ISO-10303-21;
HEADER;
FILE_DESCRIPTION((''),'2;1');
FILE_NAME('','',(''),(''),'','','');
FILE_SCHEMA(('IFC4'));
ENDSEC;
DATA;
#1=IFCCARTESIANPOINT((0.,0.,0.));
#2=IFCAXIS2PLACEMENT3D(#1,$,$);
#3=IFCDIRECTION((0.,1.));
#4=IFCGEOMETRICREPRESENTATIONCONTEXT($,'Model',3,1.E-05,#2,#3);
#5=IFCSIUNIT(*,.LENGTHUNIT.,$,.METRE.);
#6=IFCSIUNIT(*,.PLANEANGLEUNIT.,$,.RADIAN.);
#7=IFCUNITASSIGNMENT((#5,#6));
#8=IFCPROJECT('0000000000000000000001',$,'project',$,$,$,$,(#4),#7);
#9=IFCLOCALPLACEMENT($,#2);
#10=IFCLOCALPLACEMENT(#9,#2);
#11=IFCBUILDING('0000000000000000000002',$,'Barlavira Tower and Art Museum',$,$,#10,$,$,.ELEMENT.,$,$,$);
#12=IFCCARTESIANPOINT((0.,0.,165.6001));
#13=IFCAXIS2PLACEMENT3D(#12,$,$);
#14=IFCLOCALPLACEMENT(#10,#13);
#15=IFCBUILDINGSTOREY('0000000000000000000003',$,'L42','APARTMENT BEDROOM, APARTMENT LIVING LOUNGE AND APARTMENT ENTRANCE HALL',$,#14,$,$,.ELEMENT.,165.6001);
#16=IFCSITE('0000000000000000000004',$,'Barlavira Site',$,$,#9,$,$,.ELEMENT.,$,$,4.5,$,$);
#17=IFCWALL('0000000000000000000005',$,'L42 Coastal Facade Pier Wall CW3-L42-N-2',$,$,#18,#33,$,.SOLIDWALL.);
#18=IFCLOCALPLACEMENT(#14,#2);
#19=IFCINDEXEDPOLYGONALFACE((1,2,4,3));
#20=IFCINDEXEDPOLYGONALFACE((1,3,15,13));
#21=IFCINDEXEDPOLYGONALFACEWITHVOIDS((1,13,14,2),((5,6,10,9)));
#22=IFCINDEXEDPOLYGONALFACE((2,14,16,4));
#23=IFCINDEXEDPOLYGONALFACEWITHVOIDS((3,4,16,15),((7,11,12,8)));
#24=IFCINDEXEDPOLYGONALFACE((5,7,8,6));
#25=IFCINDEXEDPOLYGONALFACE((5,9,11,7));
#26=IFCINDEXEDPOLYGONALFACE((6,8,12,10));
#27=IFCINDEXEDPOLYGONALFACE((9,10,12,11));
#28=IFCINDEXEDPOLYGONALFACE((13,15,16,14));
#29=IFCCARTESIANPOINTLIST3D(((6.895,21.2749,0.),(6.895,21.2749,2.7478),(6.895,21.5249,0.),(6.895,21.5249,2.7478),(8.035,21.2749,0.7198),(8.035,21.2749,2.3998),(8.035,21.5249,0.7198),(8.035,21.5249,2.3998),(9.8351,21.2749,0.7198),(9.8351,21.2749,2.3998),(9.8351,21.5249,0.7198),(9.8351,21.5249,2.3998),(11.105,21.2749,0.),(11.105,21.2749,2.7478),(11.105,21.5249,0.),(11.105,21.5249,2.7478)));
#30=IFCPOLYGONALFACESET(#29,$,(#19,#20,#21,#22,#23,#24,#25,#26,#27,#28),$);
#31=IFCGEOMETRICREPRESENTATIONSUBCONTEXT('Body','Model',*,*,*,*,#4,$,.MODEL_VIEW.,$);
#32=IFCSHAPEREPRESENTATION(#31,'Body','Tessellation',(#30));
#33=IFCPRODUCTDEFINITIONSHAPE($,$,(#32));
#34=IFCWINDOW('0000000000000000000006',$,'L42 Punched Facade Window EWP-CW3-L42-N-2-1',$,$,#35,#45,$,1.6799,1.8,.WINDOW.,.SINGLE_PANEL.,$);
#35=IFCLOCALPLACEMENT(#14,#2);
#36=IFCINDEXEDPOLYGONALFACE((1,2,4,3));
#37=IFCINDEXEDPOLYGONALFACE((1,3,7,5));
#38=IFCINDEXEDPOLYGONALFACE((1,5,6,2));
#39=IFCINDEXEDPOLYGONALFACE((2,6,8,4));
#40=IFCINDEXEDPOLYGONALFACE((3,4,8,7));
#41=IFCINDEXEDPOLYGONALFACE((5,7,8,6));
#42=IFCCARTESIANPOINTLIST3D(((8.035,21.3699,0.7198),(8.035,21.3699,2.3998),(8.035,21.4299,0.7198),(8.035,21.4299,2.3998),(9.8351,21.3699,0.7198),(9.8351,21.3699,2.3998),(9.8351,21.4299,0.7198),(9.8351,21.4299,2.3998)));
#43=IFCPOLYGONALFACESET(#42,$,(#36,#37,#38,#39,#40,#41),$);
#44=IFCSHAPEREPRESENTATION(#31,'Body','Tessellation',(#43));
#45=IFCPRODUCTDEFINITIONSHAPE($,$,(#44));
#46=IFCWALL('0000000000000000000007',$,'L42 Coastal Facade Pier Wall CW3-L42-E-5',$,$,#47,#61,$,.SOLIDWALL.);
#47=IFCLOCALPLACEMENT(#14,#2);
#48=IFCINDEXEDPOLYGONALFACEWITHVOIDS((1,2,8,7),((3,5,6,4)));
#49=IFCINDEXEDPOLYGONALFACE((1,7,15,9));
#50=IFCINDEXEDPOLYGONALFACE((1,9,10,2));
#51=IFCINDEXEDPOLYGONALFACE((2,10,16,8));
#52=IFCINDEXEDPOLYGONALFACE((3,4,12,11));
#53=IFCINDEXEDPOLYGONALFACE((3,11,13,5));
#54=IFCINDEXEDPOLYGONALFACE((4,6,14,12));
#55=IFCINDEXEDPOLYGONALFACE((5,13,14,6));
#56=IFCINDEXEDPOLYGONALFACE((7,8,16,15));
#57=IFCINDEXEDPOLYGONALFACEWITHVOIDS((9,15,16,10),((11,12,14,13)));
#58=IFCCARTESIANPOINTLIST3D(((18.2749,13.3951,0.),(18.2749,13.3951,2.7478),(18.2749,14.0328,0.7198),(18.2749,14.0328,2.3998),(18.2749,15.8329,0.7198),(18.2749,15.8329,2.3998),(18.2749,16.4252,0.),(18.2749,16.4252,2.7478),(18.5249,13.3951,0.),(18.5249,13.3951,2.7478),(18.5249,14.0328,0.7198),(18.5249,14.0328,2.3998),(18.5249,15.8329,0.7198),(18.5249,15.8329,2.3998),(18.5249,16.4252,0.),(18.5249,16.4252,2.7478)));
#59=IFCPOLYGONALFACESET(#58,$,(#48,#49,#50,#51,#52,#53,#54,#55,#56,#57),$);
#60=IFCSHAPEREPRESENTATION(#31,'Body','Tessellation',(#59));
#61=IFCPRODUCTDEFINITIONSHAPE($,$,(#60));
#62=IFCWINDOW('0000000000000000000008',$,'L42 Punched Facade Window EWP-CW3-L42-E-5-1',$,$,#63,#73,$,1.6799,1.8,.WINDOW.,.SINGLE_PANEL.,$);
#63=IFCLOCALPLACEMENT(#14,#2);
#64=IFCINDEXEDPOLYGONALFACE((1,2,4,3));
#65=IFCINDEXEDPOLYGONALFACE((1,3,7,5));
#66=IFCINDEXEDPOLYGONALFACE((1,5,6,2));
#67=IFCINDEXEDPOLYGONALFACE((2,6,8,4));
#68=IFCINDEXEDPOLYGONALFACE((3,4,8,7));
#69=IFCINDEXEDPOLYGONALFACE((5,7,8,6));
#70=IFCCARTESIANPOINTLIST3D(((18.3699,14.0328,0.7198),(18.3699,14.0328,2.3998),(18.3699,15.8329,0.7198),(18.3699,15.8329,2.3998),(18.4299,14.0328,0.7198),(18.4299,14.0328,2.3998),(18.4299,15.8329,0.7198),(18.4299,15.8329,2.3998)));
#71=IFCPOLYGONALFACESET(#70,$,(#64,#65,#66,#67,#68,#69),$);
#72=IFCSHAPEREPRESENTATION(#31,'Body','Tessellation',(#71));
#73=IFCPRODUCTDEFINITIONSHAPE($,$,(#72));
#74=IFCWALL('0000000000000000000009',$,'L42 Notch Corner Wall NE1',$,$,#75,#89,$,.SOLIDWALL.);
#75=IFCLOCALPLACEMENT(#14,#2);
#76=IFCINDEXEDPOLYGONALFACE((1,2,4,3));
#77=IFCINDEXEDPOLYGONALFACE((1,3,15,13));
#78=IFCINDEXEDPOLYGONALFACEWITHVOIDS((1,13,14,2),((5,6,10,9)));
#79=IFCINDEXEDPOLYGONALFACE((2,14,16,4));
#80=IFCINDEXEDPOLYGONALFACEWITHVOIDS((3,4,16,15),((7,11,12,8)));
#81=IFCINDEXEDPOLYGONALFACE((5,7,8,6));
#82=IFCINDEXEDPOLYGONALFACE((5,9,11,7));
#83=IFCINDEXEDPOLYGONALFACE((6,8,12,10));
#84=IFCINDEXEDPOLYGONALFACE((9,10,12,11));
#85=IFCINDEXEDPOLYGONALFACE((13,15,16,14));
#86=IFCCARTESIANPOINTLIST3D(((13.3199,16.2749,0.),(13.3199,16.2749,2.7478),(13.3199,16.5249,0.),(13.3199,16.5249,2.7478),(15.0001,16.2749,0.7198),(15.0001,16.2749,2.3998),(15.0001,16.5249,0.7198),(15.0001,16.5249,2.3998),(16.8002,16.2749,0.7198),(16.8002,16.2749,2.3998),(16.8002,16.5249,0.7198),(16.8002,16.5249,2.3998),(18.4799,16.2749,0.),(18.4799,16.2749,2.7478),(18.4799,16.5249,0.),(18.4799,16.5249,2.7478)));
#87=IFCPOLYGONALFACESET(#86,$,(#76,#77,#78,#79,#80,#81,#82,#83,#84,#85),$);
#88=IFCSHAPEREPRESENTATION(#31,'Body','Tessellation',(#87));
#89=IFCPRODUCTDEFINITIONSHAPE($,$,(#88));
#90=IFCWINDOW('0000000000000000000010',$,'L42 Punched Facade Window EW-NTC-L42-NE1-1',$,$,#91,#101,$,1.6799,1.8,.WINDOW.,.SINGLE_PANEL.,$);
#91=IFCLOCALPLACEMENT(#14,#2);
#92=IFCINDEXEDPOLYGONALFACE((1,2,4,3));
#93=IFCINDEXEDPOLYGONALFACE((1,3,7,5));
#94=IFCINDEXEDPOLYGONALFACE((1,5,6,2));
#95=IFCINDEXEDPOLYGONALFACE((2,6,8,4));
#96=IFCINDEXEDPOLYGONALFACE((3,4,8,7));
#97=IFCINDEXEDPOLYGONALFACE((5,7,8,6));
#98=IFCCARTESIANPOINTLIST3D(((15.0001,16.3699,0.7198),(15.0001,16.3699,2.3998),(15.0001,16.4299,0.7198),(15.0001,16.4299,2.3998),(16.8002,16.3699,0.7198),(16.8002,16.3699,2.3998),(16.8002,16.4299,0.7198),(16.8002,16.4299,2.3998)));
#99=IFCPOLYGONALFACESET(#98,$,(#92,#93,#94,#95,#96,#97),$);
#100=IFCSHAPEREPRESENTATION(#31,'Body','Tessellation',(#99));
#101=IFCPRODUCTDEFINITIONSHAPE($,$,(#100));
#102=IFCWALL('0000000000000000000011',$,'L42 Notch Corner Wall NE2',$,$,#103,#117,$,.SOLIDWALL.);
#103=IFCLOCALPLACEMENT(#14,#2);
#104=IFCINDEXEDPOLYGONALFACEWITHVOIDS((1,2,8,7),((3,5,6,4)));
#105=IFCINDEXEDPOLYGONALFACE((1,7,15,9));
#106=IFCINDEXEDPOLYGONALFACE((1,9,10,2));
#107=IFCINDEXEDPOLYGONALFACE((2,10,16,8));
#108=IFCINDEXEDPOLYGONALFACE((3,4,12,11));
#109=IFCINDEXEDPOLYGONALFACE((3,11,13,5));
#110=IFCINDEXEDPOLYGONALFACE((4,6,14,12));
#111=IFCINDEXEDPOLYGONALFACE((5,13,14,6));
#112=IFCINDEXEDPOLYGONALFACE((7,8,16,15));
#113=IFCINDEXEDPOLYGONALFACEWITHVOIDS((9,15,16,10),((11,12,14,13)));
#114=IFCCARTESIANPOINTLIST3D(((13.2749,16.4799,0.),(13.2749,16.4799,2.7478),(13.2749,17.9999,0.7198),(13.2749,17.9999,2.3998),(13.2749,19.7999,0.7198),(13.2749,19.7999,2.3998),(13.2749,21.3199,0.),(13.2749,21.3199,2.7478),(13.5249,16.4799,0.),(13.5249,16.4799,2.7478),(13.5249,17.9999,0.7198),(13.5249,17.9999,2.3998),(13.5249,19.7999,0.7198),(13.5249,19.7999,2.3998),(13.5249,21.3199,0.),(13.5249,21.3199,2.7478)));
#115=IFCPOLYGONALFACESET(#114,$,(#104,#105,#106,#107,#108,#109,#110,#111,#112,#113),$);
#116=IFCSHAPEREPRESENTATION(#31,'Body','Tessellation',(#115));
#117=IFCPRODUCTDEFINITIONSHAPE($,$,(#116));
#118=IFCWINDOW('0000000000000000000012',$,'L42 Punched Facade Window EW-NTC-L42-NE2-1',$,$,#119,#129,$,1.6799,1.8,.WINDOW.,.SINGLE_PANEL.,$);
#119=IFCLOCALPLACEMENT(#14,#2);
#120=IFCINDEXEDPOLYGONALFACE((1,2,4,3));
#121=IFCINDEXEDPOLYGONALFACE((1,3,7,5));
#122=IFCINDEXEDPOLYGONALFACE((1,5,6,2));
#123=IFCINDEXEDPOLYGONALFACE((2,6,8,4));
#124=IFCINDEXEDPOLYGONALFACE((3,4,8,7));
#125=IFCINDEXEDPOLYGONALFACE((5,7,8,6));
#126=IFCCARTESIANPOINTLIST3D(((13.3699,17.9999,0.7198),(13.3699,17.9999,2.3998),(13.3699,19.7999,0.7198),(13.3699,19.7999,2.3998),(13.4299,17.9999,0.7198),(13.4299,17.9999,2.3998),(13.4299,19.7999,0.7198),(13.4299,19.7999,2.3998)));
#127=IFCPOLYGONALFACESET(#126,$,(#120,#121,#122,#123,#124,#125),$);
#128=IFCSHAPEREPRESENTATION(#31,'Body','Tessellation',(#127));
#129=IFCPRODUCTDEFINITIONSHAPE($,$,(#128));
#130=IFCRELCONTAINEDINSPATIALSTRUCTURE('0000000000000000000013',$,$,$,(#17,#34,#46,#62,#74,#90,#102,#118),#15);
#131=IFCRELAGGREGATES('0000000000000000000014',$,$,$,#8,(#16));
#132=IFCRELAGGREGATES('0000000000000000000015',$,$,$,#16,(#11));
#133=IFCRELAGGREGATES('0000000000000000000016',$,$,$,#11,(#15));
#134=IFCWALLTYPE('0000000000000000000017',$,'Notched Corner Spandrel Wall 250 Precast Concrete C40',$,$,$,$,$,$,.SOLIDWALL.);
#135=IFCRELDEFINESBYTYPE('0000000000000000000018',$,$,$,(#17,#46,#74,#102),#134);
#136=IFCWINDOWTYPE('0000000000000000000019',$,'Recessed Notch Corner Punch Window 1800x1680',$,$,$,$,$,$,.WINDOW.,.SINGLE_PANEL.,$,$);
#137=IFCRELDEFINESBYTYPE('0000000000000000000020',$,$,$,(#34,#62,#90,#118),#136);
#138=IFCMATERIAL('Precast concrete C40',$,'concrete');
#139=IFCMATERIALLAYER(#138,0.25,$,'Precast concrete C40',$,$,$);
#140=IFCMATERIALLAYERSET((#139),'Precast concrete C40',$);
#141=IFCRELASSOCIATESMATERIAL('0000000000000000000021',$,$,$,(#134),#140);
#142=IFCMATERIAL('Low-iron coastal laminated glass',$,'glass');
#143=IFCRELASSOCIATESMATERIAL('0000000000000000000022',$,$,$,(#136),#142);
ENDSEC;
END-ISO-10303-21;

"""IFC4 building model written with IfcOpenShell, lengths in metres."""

from ifc_helpers import new_model, si_unit, direction, frame, frame_2d, origin, place, context, subcontext, project, spatial, rectangle, extrude, material, layer, layer_set, type_object, element, fill, save


model = new_model("IFC4")

# Units and contexts
model_context = context("Model", 3, precision=1e-05, world=origin(), true_north=direction((0.0, 1.0)))
body_context = subcontext(model_context, "Body", "Model", "MODEL_VIEW")
ifc_project = project(units=[si_unit("LENGTHUNIT", "METRE"), si_unit("PLANEANGLEUNIT", "RADIAN")], contexts=[model_context])

# Site, building, storey
site_placement = place(None, origin())
site = spatial("IfcSite", under=ifc_project, at=site_placement, Name="Barlavira Site", CompositionType="ELEMENT", RefElevation=4.5)
building_placement = place(site_placement, origin())
building = spatial("IfcBuilding", under=site, at=building_placement, Name="Barlavira Tower and Art Museum", CompositionType="ELEMENT")
storey_placement = place(building_placement, frame((0.0, 0.0, 165.6001)))
storey = spatial("IfcBuildingStorey", under=building, at=storey_placement, Name="L42", Description="APARTMENT BEDROOM, APARTMENT LIVING LOUNGE AND APARTMENT ENTRANCE HALL", CompositionType="ELEMENT", Elevation=165.6001)

# Walls, openings, windows
ifc_material_1 = material(Name="Precast concrete C40", Category="concrete")
ifc_layer_1 = layer(ifc_material_1, 0.25, Name="Precast concrete C40")
ifc_layer_set_1 = layer_set([ifc_layer_1], Name="Precast concrete C40")
wall_type_1 = type_object("IfcWallType", Name="Notched Corner Spandrel Wall 250 Precast Concrete C40", PredefinedType="SOLIDWALL", material=ifc_layer_set_1)
ifc_material_2 = material(Name="Low-iron coastal laminated glass", Category="glass")
wall_1_placement = place(storey_placement, frame((11.105, 21.3999, 0.0), z_axis=(0.0, 0.0, 1.0), x_axis=(-1.0, 0.0, 0.0)))
wall_1 = element("IfcWall", 1, at=wall_1_placement, inside=storey, type_object=wall_type_1, Name="L42 Coastal Facade Pier Wall CW3-L42-N-2", PredefinedType="SOLIDWALL", context=body_context, shape_type="SweptSolid", body=[
    extrude(rectangle(XDim=4.21, YDim=0.25, at=frame_2d((2.105, 0.0))), origin(), (0.0, 0.0, 1.0), 2.7478),
])
opening_1_placement = place(wall_1_placement, frame((1.27, 0.0, 0.72)))
opening_1 = element("IfcOpeningElement", 2, at=opening_1_placement, cuts=wall_1, PredefinedType="OPENING", context=body_context, shape_type="SweptSolid", body=[
    extrude(rectangle(XDim=1.8, YDim=1.6799, at=frame_2d((0.8999, 0.8398))), frame((0.0, 0.135, 0.0), z_axis=(0.0, -1.0, 0.0), x_axis=(1.0, 0.0, 0.0)), (0.0, 0.0, 1.0), 0.27),
])
window_type_1 = type_object("IfcWindowType", Name="Recessed Notch Corner Punch Window 1800x1680", PartitioningType="SINGLE_PANEL", PredefinedType="WINDOW", material=ifc_material_2)
window_1_placement = place(opening_1_placement, origin())
window_1 = element("IfcWindow", 3, at=window_1_placement, inside=storey, type_object=window_type_1, Name="L42 Punched Facade Window EWP-CW3-L42-N-2-1", OverallHeight=1.6799, OverallWidth=1.8, PartitioningType="SINGLE_PANEL", PredefinedType="WINDOW", context=body_context, shape_type="SweptSolid", body=[
    extrude(rectangle(XDim=1.8, YDim=1.6799, at=frame_2d((0.8999, 0.8398))), frame((0.0, 0.03, 0.0), z_axis=(0.0, -1.0, 0.0), x_axis=(1.0, 0.0, 0.0)), (0.0, 0.0, 1.0), 0.0601),
])
fill(opening_1, window_1)
wall_2_placement = place(storey_placement, frame((18.3999, 13.395, 0.0), z_axis=(0.0, 0.0, 1.0), x_axis=(0.0, 1.0, 0.0)))
wall_2 = element("IfcWall", 4, at=wall_2_placement, inside=storey, type_object=wall_type_1, Name="L42 Coastal Facade Pier Wall CW3-L42-E-5", PredefinedType="SOLIDWALL", context=body_context, shape_type="SweptSolid", body=[
    extrude(rectangle(XDim=3.03, YDim=0.25, at=frame_2d((1.5151, 0.0))), origin(), (0.0, 0.0, 1.0), 2.7478),
])
opening_2_placement = place(wall_2_placement, frame((0.6379, 0.0, 0.72)))
opening_2 = element("IfcOpeningElement", 5, at=opening_2_placement, cuts=wall_2, PredefinedType="OPENING", context=body_context, shape_type="SweptSolid", body=[
    extrude(rectangle(XDim=1.8, YDim=1.6799, at=frame_2d((0.8999, 0.8398))), frame((0.0, 0.135, 0.0), z_axis=(0.0, -1.0, 0.0), x_axis=(1.0, 0.0, 0.0)), (0.0, 0.0, 1.0), 0.27),
])
window_2_placement = place(opening_2_placement, origin())
window_2 = element("IfcWindow", 6, at=window_2_placement, inside=storey, type_object=window_type_1, Name="L42 Punched Facade Window EWP-CW3-L42-E-5-1", OverallHeight=1.6799, OverallWidth=1.8, PartitioningType="SINGLE_PANEL", PredefinedType="WINDOW", context=body_context, shape_type="SweptSolid", body=[
    extrude(rectangle(XDim=1.8, YDim=1.6799, at=frame_2d((0.8999, 0.8398))), frame((0.0, 0.03, 0.0), z_axis=(0.0, -1.0, 0.0), x_axis=(1.0, 0.0, 0.0)), (0.0, 0.0, 1.0), 0.0601),
])
fill(opening_2, window_2)
wall_3_placement = place(storey_placement, frame((18.48, 16.3999, 0.0), z_axis=(0.0, 0.0, 1.0), x_axis=(-1.0, 0.0, 0.0)))
wall_3 = element("IfcWall", 7, at=wall_3_placement, inside=storey, type_object=wall_type_1, Name="L42 Notch Corner Wall NE1", PredefinedType="SOLIDWALL", context=body_context, shape_type="SweptSolid", body=[
    extrude(rectangle(XDim=5.1599, YDim=0.25, at=frame_2d((2.5801, 0.0))), origin(), (0.0, 0.0, 1.0), 2.7478),
])
opening_3_placement = place(wall_3_placement, frame((1.6799, 0.0, 0.72)))
opening_3 = element("IfcOpeningElement", 8, at=opening_3_placement, cuts=wall_3, PredefinedType="OPENING", context=body_context, shape_type="SweptSolid", body=[
    extrude(rectangle(XDim=1.8, YDim=1.6799, at=frame_2d((0.8999, 0.8398))), frame((0.0, 0.135, 0.0), z_axis=(0.0, -1.0, 0.0), x_axis=(1.0, 0.0, 0.0)), (0.0, 0.0, 1.0), 0.27),
])
window_3_placement = place(opening_3_placement, origin())
window_3 = element("IfcWindow", 9, at=window_3_placement, inside=storey, type_object=window_type_1, Name="L42 Punched Facade Window EW-NTC-L42-NE1-1", OverallHeight=1.6799, OverallWidth=1.8, PartitioningType="SINGLE_PANEL", PredefinedType="WINDOW", context=body_context, shape_type="SweptSolid", body=[
    extrude(rectangle(XDim=1.8, YDim=1.6799, at=frame_2d((0.8999, 0.8398))), frame((0.0, 0.03, 0.0), z_axis=(0.0, -1.0, 0.0), x_axis=(1.0, 0.0, 0.0)), (0.0, 0.0, 1.0), 0.0601),
])
fill(opening_3, window_3)
wall_4_placement = place(storey_placement, frame((13.3999, 16.48, 0.0), z_axis=(0.0, 0.0, 1.0), x_axis=(0.0, 1.0, 0.0)))
wall_4 = element("IfcWall", 10, at=wall_4_placement, inside=storey, type_object=wall_type_1, Name="L42 Notch Corner Wall NE2", PredefinedType="SOLIDWALL", context=body_context, shape_type="SweptSolid", body=[
    extrude(rectangle(XDim=4.8401, YDim=0.25, at=frame_2d((2.4199, 0.0))), origin(), (0.0, 0.0, 1.0), 2.7478),
])
opening_4_placement = place(wall_4_placement, frame((1.52, 0.0, 0.72)))
opening_4 = element("IfcOpeningElement", 11, at=opening_4_placement, cuts=wall_4, PredefinedType="OPENING", context=body_context, shape_type="SweptSolid", body=[
    extrude(rectangle(XDim=1.8, YDim=1.6799, at=frame_2d((0.8999, 0.8398))), frame((0.0, 0.135, 0.0), z_axis=(0.0, -1.0, 0.0), x_axis=(1.0, 0.0, 0.0)), (0.0, 0.0, 1.0), 0.27),
])
window_4_placement = place(opening_4_placement, origin())
window_4 = element("IfcWindow", 12, at=window_4_placement, inside=storey, type_object=window_type_1, Name="L42 Punched Facade Window EW-NTC-L42-NE2-1", OverallHeight=1.6799, OverallWidth=1.8, PartitioningType="SINGLE_PANEL", PredefinedType="WINDOW", context=body_context, shape_type="SweptSolid", body=[
    extrude(rectangle(XDim=1.8, YDim=1.6799, at=frame_2d((0.8999, 0.8398))), frame((0.0, 0.03, 0.0), z_axis=(0.0, -1.0, 0.0), x_axis=(1.0, 0.0, 0.0)), (0.0, 0.0, 1.0), 0.0601),
])
fill(opening_4, window_4)

save(model, "model.ifc")
